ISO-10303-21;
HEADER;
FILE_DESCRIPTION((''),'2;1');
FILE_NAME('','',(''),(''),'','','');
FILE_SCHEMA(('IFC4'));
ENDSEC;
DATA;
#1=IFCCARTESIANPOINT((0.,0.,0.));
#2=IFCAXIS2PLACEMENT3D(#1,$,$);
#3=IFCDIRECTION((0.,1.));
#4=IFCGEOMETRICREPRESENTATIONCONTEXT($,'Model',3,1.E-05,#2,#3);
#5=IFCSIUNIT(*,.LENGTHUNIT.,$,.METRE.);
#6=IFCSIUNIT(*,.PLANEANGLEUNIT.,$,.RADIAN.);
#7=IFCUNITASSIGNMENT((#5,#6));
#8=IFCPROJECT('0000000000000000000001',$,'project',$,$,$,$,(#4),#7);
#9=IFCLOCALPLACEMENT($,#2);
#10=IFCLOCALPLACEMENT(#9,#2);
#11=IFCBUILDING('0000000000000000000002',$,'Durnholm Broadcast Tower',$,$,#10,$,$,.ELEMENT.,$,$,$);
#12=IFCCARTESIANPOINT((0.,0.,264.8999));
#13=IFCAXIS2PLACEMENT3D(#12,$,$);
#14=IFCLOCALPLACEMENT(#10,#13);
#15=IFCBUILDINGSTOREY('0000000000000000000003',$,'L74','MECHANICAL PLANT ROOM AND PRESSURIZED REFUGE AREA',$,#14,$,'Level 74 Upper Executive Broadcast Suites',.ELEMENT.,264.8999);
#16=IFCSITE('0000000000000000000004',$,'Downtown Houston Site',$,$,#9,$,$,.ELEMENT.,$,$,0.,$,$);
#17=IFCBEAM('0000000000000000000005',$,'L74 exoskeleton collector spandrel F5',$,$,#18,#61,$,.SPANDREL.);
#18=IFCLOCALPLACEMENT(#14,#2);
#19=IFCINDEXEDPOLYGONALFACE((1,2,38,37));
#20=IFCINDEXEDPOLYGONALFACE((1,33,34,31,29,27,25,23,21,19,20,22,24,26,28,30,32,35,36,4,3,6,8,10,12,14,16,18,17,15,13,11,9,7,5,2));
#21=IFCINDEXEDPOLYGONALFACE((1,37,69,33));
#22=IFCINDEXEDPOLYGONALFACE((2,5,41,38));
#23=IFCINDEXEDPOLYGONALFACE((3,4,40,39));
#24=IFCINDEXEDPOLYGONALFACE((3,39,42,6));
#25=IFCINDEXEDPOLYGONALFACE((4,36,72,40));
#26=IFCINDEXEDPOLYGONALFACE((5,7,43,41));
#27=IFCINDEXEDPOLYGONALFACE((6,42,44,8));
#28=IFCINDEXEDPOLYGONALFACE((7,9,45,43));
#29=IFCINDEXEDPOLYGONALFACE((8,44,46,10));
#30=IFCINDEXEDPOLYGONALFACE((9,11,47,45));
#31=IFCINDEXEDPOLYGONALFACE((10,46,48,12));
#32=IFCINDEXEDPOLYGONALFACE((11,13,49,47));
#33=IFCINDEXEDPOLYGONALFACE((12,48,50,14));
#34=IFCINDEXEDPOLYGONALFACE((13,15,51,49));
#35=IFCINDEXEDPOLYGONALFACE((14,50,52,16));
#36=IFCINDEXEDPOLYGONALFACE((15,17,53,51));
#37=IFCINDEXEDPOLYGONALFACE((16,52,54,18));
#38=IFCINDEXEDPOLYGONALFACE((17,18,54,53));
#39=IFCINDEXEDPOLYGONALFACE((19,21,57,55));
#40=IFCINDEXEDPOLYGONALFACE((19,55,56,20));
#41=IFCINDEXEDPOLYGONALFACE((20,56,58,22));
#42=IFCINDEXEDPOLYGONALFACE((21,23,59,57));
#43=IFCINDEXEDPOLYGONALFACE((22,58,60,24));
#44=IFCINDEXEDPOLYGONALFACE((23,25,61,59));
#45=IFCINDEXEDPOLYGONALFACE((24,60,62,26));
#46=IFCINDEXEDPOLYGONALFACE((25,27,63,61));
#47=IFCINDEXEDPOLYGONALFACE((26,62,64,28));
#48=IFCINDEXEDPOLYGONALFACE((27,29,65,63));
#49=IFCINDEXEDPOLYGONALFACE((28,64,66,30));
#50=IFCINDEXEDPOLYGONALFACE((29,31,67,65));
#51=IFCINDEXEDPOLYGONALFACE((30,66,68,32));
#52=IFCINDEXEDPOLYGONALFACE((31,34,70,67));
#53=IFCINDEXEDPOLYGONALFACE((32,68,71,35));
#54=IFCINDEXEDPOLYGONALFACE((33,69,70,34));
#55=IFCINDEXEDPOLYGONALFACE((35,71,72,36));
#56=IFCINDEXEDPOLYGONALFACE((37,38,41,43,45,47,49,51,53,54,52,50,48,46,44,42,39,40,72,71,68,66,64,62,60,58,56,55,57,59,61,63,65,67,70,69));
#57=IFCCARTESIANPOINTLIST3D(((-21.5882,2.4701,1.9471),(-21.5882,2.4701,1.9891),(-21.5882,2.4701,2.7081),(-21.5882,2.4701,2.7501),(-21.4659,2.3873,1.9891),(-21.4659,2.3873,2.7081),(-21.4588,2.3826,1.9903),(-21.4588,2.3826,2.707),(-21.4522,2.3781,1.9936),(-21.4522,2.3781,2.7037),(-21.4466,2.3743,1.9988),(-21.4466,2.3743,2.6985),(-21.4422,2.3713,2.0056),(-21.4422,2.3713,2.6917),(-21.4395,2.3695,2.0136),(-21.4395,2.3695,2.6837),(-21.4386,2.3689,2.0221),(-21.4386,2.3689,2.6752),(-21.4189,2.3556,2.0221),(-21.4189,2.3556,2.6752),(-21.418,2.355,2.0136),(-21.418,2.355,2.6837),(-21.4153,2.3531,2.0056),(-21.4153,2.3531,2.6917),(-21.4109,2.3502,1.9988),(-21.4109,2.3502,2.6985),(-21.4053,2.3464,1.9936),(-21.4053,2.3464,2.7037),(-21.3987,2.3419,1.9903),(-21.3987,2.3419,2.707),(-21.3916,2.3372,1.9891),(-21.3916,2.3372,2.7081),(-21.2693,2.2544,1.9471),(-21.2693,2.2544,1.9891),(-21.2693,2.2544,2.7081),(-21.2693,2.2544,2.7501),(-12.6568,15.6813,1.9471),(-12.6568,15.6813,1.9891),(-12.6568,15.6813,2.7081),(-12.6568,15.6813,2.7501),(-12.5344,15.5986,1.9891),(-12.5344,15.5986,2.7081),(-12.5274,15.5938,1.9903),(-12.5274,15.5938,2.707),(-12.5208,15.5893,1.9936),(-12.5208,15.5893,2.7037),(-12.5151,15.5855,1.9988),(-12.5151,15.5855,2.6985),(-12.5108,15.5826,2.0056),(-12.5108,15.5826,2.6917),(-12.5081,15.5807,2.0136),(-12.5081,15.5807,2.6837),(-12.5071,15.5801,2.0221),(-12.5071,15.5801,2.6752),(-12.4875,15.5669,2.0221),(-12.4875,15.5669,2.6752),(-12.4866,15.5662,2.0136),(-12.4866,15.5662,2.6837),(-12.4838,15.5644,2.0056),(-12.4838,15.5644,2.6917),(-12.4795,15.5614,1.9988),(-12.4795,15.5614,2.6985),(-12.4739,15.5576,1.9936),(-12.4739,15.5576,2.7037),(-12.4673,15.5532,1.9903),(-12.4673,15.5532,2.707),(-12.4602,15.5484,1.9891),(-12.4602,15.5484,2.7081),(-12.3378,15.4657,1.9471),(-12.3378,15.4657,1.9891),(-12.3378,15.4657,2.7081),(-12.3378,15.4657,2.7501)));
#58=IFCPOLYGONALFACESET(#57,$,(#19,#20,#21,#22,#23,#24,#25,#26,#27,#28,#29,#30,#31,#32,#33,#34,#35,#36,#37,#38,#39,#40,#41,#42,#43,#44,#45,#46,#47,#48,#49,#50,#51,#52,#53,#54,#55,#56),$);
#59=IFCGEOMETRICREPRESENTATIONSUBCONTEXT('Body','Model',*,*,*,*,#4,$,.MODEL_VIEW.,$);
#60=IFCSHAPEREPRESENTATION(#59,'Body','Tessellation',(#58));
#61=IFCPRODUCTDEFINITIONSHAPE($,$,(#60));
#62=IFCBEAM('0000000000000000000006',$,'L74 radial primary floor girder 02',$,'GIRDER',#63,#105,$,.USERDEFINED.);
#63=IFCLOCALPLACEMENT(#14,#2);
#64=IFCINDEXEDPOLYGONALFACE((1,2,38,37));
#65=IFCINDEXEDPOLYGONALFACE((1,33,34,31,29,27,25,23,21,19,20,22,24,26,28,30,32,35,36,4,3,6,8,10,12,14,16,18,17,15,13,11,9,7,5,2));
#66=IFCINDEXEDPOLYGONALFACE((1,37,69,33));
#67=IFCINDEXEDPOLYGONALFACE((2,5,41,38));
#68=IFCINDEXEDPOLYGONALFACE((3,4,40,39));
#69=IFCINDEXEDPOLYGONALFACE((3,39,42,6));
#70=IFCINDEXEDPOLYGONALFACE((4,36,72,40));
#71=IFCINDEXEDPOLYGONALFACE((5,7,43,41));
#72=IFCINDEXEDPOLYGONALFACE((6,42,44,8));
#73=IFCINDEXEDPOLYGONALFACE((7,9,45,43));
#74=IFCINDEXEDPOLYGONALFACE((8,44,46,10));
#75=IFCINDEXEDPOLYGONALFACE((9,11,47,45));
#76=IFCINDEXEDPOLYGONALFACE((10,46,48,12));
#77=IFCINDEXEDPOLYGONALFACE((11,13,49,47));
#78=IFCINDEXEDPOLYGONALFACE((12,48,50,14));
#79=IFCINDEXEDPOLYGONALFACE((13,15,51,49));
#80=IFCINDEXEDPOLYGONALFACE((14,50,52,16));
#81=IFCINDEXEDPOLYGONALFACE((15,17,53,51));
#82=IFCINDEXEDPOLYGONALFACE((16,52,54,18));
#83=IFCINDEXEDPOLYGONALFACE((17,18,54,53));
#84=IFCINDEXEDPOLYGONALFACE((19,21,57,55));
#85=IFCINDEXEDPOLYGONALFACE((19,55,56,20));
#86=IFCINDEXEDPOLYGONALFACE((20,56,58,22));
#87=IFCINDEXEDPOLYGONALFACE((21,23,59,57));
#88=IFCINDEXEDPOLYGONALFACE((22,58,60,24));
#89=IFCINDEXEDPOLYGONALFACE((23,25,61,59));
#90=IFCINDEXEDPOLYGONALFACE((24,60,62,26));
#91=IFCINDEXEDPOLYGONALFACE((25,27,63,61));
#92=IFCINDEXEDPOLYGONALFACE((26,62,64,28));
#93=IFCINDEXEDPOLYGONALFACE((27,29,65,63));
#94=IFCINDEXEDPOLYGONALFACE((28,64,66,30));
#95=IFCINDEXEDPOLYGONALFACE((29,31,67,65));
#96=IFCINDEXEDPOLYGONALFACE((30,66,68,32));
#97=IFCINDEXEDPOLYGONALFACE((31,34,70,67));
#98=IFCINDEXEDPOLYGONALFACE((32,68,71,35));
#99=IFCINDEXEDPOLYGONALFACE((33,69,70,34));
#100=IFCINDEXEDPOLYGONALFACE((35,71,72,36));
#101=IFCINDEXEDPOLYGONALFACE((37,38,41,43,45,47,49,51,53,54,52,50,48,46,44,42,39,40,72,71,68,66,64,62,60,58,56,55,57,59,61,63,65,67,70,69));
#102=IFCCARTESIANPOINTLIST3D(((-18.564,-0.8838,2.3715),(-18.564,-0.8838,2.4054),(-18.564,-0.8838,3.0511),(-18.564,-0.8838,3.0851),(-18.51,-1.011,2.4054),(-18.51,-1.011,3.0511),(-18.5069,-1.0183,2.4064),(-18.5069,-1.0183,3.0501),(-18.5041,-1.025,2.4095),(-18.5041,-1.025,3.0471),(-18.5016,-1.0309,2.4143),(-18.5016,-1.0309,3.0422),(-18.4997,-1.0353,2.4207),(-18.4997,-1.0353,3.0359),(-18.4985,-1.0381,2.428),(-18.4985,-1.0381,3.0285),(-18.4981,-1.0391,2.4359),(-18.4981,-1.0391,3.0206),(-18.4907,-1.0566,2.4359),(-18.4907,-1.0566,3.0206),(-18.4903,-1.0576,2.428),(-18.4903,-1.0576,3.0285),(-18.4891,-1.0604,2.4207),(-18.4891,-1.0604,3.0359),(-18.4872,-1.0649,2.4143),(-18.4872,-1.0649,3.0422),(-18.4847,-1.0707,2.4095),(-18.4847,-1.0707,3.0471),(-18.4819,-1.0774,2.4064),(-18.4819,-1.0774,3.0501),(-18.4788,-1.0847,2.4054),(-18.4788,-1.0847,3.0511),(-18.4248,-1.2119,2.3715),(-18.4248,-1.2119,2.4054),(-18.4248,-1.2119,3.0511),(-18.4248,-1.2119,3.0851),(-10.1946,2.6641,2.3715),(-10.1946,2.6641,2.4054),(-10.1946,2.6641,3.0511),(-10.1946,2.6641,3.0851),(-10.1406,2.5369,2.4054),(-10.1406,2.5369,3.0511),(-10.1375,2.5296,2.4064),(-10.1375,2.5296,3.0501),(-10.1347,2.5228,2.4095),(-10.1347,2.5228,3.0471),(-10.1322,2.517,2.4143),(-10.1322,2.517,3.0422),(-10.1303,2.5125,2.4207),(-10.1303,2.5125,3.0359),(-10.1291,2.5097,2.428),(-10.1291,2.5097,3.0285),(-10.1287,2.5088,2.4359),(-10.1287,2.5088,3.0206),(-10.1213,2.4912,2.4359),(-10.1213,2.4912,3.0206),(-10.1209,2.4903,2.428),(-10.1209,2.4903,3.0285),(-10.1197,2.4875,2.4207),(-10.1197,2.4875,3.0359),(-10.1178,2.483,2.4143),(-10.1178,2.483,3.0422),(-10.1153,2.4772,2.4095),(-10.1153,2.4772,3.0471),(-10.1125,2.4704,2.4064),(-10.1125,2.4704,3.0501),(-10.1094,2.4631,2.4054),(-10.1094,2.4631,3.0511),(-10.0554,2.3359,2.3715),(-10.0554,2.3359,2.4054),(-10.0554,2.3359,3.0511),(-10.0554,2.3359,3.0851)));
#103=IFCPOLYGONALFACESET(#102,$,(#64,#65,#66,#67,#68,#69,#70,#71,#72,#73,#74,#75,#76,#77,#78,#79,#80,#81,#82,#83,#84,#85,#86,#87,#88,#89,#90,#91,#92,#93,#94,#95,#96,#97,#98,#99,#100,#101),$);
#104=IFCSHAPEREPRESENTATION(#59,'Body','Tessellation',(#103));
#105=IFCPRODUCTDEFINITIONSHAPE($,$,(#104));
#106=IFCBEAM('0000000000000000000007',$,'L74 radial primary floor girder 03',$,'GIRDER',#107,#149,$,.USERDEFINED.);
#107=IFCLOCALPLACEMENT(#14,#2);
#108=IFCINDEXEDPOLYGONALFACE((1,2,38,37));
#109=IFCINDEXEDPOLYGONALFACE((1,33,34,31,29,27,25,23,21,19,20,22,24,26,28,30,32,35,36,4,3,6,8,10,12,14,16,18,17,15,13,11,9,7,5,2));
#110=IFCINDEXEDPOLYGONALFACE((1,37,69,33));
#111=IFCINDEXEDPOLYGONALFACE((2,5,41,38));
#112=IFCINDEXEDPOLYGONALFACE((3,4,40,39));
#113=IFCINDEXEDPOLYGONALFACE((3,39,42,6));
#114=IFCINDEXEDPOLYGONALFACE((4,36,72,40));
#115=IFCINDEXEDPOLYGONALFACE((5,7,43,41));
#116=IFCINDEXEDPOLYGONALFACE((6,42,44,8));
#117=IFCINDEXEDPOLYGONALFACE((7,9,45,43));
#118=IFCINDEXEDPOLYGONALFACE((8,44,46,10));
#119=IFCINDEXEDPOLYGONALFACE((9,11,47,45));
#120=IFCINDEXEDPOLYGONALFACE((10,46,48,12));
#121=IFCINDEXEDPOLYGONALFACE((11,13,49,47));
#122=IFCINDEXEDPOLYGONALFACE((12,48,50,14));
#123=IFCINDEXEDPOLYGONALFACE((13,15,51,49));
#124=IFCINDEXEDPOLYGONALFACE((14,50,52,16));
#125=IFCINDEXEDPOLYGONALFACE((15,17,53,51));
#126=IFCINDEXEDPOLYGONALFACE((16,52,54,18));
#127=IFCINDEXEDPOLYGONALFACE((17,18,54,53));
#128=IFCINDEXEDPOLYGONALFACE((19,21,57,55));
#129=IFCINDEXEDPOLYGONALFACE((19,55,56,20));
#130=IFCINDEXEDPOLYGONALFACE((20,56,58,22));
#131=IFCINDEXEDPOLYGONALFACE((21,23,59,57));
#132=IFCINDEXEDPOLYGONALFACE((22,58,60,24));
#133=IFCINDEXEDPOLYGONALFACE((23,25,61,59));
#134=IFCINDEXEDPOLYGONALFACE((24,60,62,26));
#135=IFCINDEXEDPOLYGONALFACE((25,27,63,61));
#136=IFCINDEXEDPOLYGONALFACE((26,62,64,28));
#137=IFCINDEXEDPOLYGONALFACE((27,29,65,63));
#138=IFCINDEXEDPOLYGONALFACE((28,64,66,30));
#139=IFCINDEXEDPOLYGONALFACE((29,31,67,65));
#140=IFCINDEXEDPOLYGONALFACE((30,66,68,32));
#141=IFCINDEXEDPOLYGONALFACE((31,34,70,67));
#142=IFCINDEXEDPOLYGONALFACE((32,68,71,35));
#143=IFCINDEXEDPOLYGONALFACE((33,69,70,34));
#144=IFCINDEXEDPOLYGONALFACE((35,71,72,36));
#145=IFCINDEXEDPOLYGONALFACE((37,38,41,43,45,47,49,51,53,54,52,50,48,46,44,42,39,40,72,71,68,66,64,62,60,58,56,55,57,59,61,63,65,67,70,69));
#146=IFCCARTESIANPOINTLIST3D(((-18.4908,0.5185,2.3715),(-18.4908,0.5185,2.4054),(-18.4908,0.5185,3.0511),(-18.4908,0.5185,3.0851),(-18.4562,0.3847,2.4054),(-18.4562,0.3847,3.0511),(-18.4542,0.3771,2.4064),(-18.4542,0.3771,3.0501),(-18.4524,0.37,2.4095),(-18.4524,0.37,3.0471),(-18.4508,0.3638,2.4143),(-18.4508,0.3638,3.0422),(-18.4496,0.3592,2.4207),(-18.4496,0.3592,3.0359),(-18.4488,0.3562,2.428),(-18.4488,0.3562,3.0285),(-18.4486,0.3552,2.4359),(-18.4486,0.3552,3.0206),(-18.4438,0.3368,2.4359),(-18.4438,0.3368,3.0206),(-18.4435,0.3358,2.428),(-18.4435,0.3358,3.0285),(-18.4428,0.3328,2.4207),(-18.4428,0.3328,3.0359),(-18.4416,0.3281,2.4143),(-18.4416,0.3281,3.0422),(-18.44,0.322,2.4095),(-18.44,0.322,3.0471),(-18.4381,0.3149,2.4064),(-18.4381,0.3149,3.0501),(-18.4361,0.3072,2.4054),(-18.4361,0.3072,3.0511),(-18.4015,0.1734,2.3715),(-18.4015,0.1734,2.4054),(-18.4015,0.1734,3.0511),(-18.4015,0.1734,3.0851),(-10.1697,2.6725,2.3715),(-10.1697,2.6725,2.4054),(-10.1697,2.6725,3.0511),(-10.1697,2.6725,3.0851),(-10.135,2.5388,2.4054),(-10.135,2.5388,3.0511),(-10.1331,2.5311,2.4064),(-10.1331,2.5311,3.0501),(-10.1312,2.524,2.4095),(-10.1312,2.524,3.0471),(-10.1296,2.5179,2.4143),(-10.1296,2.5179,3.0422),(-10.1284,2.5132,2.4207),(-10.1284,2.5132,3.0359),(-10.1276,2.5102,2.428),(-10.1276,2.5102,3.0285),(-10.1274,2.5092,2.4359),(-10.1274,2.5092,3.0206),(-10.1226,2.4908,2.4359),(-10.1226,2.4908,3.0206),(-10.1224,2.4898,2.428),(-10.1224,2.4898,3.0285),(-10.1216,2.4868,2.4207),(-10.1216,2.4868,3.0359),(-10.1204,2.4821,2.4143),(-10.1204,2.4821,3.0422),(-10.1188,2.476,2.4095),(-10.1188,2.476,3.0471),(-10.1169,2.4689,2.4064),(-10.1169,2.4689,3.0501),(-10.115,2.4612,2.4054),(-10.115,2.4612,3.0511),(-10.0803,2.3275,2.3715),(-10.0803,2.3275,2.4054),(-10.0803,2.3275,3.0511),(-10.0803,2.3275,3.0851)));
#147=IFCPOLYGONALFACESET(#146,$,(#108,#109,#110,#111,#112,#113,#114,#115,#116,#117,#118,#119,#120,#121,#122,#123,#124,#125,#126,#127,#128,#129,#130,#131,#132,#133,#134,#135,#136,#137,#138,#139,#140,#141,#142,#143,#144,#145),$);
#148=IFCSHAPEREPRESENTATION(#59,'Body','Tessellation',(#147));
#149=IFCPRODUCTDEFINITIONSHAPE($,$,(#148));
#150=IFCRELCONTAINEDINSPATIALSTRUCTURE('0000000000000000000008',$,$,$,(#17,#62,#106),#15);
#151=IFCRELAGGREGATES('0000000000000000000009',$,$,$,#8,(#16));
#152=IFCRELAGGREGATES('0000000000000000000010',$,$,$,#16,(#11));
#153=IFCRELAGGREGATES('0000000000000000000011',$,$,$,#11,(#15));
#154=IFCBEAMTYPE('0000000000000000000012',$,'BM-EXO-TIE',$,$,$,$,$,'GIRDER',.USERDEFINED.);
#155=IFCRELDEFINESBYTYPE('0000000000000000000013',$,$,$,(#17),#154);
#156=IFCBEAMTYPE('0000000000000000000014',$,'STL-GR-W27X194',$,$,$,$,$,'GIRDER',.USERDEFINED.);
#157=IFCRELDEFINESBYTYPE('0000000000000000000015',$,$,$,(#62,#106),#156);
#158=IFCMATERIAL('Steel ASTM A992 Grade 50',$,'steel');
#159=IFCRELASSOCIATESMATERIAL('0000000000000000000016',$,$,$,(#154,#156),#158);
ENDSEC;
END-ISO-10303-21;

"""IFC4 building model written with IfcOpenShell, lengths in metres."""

from ifc_helpers import new_model, si_unit, direction, frame, origin, origin_2d, place, context, subcontext, project, spatial, i_section, extrude, source, transform, mapped, material, material_profile, profile_set, type_object, element, save


model = new_model("IFC4")

# Units and contexts
model_context = context("Model", 3, precision=1e-05, world=origin(), true_north=direction((0.0, 1.0)))
body_context = subcontext(model_context, "Body", "Model", "MODEL_VIEW")
ifc_project = project(units=[si_unit("LENGTHUNIT", "METRE"), si_unit("PLANEANGLEUNIT", "RADIAN")], contexts=[model_context])

# Site, building, storey
site_placement = place(None, origin())
site = spatial("IfcSite", under=ifc_project, at=site_placement, Name="Downtown Houston Site", CompositionType="ELEMENT", RefElevation=0.0)
building_placement = place(site_placement, origin())
building = spatial("IfcBuilding", under=site, at=building_placement, Name="Durnholm Broadcast Tower", CompositionType="ELEMENT")
storey_placement = place(building_placement, frame((0.0, 0.0, 264.8999)))
storey = spatial("IfcBuildingStorey", under=building, at=storey_placement, Name="L74", Description="MECHANICAL PLANT ROOM AND PRESSURIZED REFUGE AREA", LongName="Level 74 Upper Executive Broadcast Suites", CompositionType="ELEMENT", Elevation=264.8999)

# Beams
ifc_material_1 = material(Name="Steel ASTM A992 Grade 50", Category="steel")
ifc_material_profile_1 = material_profile(ifc_material_1, i_section(OverallWidth=0.385, OverallDepth=0.803, WebThickness=0.0237, FlangeThickness=0.042, FilletRadius=0.033, at=origin_2d()), Name="W30X261")
ifc_profile_set_1 = profile_set([ifc_material_profile_1], Name="Steel ASTM A992 Grade 50")
beam_type_1 = type_object("IfcBeamType", Name="BM-EXO-TIE", ElementType="GIRDER", PredefinedType="USERDEFINED", material=ifc_profile_set_1)
ifc_material_profile_2 = material_profile(ifc_material_1, i_section(OverallWidth=0.3564, OverallDepth=0.7136, WebThickness=0.019, FlangeThickness=0.0339, FilletRadius=0.0305, at=origin_2d()), Name="W27X194")
ifc_profile_set_2 = profile_set([ifc_material_profile_2], Name="Steel ASTM A992 Grade 50")
beam_type_2 = type_object("IfcBeamType", Name="STL-GR-W27X194", ElementType="GIRDER", PredefinedType="USERDEFINED", material=ifc_profile_set_2)
shared_shape_1 = source(origin(), body_context, "Body", "SweptSolid", [
    extrude(i_section(OverallWidth=0.385, OverallDepth=0.803, WebThickness=0.0237, FlangeThickness=0.042, FilletRadius=0.033, at=origin_2d()), origin(), (0.0, 0.0, 1.0), 15.947),
])
beam_1_placement = place(storey_placement, frame((-12.4973, 15.5735, 2.3486), z_axis=(-0.560069, -0.828446, 0.0), x_axis=(0.828446, -0.560069, 0.0)))
element("IfcBeam", 1, at=beam_1_placement, inside=storey, type_object=beam_type_1, Name="L74 exoskeleton collector spandrel F5", PredefinedType="SPANDREL", context=body_context, shape_type="MappedRepresentation", body=[
    mapped(shared_shape_1, transform((0.0, 0.0, 0.0), x_axis=(1.0, 0.0, 0.0), y_axis=(0.0, 1.0, 0.0), z_axis=(0.0, 0.0, 1.0), scale=1.0)),
])
shared_shape_2 = source(origin(), body_context, "Body", "SweptSolid", [
    extrude(i_section(OverallWidth=0.3564, OverallDepth=0.7136, WebThickness=0.019, FlangeThickness=0.0339, FilletRadius=0.0305, at=origin_2d()), origin(), (0.0, 0.0, 1.0), 9.0903),
])
beam_2_placement = place(storey_placement, frame((-10.125, 2.5, 2.7283), z_axis=(-0.920692, -0.390289, 0.0), x_axis=(0.390289, -0.920692, 0.0)))
element("IfcBeam", 2, at=beam_2_placement, inside=storey, type_object=beam_type_2, Name="L74 radial primary floor girder 02", ObjectType="GIRDER", PredefinedType="USERDEFINED", context=body_context, shape_type="MappedRepresentation", body=[
    mapped(shared_shape_2, transform((0.0, 0.0, 0.0), x_axis=(1.0, 0.0, 0.0), y_axis=(0.0, 1.0, 0.0), z_axis=(0.0, 0.0, 1.0), scale=1.0)),
])
shared_shape_3 = source(origin(), body_context, "Body", "SweptSolid", [
    extrude(i_section(OverallWidth=0.3564, OverallDepth=0.7136, WebThickness=0.019, FlangeThickness=0.0339, FilletRadius=0.0305, at=origin_2d()), origin(), (0.0, 0.0, 1.0), 8.5955),
])
beam_3_placement = place(storey_placement, frame((-10.125, 2.5, 2.7283), z_axis=(-0.968091, -0.2506, 0.0), x_axis=(0.2506, -0.968091, 0.0)))
element("IfcBeam", 3, at=beam_3_placement, inside=storey, type_object=beam_type_2, Name="L74 radial primary floor girder 03", ObjectType="GIRDER", PredefinedType="USERDEFINED", context=body_context, shape_type="MappedRepresentation", body=[
    mapped(shared_shape_3, transform((0.0, 0.0, 0.0), x_axis=(1.0, 0.0, 0.0), y_axis=(0.0, 1.0, 0.0), z_axis=(0.0, 0.0, 1.0), scale=1.0)),
])

save(model, "model.ifc")
